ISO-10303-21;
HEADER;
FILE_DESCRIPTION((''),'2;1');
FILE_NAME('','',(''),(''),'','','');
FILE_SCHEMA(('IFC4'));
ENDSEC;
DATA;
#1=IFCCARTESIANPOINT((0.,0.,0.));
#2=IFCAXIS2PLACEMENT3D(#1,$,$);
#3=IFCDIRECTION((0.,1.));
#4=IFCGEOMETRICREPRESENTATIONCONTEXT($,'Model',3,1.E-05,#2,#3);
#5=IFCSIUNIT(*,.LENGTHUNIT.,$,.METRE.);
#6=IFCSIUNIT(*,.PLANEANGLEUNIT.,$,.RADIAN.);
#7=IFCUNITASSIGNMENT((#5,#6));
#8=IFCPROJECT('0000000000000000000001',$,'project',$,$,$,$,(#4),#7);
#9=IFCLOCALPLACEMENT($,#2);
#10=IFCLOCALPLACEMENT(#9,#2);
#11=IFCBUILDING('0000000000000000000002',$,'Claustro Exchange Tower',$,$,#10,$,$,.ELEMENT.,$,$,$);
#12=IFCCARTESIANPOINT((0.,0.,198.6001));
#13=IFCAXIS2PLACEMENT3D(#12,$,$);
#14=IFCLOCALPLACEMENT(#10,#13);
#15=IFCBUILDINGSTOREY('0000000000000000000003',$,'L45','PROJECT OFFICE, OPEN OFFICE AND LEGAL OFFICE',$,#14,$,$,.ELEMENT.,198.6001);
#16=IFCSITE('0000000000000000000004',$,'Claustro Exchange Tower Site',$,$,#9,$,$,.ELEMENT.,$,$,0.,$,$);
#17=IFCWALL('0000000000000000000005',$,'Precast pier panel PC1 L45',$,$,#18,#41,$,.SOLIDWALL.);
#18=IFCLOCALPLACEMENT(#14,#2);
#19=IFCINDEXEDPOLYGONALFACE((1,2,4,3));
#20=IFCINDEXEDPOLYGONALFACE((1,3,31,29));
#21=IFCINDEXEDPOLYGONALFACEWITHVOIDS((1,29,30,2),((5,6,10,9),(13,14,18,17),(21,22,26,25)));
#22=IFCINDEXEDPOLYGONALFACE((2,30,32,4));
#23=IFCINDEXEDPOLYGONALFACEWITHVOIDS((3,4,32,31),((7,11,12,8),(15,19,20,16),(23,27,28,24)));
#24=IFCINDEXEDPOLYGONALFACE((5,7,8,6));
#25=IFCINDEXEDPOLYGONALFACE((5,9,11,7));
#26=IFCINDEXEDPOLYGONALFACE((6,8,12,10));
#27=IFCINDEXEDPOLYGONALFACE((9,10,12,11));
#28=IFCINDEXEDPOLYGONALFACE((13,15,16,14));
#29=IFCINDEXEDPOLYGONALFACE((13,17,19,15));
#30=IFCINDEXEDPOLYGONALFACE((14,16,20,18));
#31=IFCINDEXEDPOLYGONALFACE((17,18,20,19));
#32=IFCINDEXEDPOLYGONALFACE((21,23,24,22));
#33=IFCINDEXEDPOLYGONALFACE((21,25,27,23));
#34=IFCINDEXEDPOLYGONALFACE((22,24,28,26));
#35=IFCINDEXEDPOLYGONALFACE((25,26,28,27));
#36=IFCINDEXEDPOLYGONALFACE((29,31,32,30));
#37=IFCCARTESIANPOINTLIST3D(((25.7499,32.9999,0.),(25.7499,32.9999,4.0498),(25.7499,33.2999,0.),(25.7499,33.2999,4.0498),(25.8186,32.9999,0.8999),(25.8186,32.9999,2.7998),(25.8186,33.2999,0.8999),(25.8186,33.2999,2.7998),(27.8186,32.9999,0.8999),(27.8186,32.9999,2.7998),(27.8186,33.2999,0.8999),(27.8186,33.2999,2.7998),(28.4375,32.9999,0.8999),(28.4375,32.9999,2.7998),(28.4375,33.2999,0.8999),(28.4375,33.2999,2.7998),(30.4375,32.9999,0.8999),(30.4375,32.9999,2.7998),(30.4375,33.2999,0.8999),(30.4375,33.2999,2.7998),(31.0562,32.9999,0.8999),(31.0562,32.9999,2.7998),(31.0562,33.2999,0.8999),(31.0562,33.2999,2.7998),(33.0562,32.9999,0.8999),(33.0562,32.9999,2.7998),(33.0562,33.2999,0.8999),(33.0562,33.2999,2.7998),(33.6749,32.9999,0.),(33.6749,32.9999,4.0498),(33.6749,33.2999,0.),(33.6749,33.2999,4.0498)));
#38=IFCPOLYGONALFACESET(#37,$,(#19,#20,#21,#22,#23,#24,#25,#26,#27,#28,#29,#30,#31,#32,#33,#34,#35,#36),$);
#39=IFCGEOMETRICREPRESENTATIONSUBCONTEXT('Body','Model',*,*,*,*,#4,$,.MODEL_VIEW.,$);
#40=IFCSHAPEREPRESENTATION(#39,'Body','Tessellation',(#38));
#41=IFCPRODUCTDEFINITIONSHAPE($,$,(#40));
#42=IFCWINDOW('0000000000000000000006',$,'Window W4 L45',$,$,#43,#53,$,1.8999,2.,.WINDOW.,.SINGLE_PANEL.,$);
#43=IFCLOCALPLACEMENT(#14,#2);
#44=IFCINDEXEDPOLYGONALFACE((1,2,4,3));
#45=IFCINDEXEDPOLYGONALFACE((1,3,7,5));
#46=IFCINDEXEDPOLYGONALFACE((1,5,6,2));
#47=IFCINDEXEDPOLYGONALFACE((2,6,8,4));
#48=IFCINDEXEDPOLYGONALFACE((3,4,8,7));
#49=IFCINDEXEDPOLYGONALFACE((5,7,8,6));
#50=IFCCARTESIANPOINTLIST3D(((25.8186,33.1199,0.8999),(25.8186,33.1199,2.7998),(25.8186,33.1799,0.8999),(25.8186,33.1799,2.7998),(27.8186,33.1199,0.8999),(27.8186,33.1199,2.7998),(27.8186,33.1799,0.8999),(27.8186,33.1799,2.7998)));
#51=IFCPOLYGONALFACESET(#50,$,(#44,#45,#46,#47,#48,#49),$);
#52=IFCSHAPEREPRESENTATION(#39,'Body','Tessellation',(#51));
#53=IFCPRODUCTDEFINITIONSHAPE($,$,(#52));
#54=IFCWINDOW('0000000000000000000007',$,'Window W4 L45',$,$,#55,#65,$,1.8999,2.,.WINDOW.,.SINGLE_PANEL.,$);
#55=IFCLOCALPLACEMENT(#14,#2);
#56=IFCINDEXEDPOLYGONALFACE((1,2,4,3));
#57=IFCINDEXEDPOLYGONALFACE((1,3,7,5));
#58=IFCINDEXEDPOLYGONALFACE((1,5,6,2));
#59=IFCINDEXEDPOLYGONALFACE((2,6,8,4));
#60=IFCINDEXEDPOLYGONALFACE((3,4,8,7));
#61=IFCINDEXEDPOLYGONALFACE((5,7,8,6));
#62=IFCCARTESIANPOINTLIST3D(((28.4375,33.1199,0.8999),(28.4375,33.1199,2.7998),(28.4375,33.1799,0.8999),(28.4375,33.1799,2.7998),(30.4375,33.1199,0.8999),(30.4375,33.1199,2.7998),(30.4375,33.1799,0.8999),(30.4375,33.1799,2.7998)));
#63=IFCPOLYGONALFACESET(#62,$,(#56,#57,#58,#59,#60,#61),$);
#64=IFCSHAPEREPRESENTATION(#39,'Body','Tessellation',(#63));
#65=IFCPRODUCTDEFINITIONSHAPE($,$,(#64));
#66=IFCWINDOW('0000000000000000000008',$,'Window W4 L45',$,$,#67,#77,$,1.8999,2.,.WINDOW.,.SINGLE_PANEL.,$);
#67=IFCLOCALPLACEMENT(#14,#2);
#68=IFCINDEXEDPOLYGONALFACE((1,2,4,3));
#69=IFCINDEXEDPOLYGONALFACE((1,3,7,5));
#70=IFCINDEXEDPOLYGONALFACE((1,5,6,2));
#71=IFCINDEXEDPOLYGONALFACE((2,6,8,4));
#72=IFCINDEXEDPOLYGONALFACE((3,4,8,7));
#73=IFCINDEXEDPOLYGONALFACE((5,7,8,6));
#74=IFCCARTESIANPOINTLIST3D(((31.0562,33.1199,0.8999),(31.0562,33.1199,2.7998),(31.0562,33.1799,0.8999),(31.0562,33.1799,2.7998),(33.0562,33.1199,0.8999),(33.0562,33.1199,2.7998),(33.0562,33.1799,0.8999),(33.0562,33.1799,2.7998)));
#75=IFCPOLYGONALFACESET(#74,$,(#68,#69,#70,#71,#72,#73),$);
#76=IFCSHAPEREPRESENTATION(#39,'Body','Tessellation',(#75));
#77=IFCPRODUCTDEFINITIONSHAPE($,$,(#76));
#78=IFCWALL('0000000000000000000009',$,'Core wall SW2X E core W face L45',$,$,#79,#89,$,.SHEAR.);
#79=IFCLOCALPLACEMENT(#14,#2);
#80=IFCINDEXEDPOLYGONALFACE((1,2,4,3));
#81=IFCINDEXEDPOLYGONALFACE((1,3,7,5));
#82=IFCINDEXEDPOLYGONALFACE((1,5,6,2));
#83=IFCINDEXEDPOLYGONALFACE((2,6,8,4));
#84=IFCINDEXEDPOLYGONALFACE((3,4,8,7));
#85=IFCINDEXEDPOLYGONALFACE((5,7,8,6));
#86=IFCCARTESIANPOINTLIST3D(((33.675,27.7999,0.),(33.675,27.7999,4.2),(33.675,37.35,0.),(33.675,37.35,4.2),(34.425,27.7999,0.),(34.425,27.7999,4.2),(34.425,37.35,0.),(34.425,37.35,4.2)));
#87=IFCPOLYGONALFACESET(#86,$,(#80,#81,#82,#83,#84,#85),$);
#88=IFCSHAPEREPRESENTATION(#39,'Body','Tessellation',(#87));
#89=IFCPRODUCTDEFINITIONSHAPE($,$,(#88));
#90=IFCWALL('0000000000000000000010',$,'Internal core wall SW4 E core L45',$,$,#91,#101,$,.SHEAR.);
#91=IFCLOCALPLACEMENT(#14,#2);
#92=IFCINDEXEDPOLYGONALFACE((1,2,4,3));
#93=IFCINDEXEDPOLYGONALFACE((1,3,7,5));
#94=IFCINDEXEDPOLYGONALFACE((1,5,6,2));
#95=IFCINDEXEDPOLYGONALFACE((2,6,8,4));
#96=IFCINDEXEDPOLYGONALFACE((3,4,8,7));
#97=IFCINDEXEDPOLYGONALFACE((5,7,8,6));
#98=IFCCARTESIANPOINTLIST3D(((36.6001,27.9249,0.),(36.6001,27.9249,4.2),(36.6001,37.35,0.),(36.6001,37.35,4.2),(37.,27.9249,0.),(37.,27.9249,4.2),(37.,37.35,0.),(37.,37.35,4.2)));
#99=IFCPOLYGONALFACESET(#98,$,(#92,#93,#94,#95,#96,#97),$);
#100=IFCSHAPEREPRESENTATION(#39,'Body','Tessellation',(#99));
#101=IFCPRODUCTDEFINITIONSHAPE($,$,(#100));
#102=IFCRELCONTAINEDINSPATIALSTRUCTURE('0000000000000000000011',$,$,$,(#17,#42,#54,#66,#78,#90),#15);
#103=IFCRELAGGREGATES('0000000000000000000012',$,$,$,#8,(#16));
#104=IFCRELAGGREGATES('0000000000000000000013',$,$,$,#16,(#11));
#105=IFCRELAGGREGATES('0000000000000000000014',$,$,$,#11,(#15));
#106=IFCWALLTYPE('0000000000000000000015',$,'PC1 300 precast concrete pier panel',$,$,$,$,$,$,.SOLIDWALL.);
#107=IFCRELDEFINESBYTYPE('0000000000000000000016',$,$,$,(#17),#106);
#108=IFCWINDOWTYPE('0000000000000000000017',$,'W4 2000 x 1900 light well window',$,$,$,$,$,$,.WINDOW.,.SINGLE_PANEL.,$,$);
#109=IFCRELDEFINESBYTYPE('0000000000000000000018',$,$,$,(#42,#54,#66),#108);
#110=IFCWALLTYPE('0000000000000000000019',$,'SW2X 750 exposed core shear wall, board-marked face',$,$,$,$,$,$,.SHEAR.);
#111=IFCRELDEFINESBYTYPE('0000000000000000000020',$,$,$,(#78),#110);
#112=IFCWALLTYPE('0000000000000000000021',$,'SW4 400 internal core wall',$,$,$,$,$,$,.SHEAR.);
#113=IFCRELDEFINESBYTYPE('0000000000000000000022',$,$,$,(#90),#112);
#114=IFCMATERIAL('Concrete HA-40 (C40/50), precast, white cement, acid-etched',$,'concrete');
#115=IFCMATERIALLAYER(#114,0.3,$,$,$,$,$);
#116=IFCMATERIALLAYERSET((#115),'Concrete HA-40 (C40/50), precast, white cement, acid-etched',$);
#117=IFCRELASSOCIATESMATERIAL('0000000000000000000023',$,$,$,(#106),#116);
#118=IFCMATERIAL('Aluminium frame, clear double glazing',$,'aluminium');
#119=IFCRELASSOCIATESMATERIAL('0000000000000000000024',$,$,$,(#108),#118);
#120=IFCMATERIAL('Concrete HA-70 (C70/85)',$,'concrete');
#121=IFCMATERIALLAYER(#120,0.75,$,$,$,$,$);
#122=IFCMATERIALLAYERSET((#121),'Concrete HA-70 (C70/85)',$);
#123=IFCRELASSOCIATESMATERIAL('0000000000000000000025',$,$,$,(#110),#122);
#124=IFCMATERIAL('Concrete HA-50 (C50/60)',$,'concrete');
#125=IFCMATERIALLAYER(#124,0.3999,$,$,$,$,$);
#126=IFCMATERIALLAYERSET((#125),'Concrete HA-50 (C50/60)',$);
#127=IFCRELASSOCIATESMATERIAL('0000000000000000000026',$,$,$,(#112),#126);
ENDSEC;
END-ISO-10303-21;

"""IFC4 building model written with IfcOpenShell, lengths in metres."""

from ifc_helpers import new_model, si_unit, direction, frame, frame_2d, origin, place, context, subcontext, project, spatial, rectangle, extrude, material, layer, layer_set, type_object, element, fill, save


model = new_model("IFC4")

# Units and contexts
model_context = context("Model", 3, precision=1e-05, world=origin(), true_north=direction((0.0, 1.0)))
body_context = subcontext(model_context, "Body", "Model", "MODEL_VIEW")
ifc_project = project(units=[si_unit("LENGTHUNIT", "METRE"), si_unit("PLANEANGLEUNIT", "RADIAN")], contexts=[model_context])

# Site, building, storey
site_placement = place(None, origin())
site = spatial("IfcSite", under=ifc_project, at=site_placement, Name="Claustro Exchange Tower Site", CompositionType="ELEMENT", RefElevation=0.0)
building_placement = place(site_placement, origin())
building = spatial("IfcBuilding", under=site, at=building_placement, Name="Claustro Exchange Tower", CompositionType="ELEMENT")
storey_placement = place(building_placement, frame((0.0, 0.0, 198.6001)))
storey = spatial("IfcBuildingStorey", under=building, at=storey_placement, Name="L45", Description="PROJECT OFFICE, OPEN OFFICE AND LEGAL OFFICE", CompositionType="ELEMENT", Elevation=198.6001)

# Wall, openings, windows
ifc_material_1 = material(Name="Concrete HA-40 (C40/50), precast, white cement, acid-etched", Category="concrete")
ifc_layer_1 = layer(ifc_material_1, 0.3)
ifc_layer_set_1 = layer_set([ifc_layer_1], Name="Concrete HA-40 (C40/50), precast, white cement, acid-etched")
wall_type_1 = type_object("IfcWallType", Name="PC1 300 precast concrete pier panel", PredefinedType="SOLIDWALL", material=ifc_layer_set_1)
wall_1_placement = place(storey_placement, frame((25.75, 33.1499, 0.0), z_axis=(0.0, 0.0, 1.0), x_axis=(1.0, 0.0, 0.0)))
wall_1 = element("IfcWall", 1, at=wall_1_placement, inside=storey, type_object=wall_type_1, Name="Precast pier panel PC1 L45", PredefinedType="SOLIDWALL", context=body_context, shape_type="SweptSolid", body=[
    extrude(rectangle(XDim=7.925, YDim=0.3, at=frame_2d((3.9624, 0.0))), origin(), (0.0, 0.0, 1.0), 4.0498),
])
opening_1_placement = place(wall_1_placement, frame((0.0686, 0.0, 0.8999)))
opening_1 = element("IfcOpeningElement", 2, at=opening_1_placement, cuts=wall_1, PredefinedType="OPENING", context=body_context, shape_type="SweptSolid", body=[
    extrude(rectangle(XDim=2.0, YDim=1.8999, at=frame_2d((1.0, 0.95))), frame((0.0, 0.1599, 0.0), z_axis=(0.0, -1.0, 0.0), x_axis=(1.0, 0.0, 0.0)), (0.0, 0.0, 1.0), 0.3201),
])
opening_2_placement = place(wall_1_placement, frame((2.6875, 0.0, 0.8999)))
opening_2 = element("IfcOpeningElement", 3, at=opening_2_placement, cuts=wall_1, PredefinedType="OPENING", context=body_context, shape_type="SweptSolid", body=[
    extrude(rectangle(XDim=2.0, YDim=1.8999, at=frame_2d((1.0, 0.95))), frame((0.0, 0.1599, 0.0), z_axis=(0.0, -1.0, 0.0), x_axis=(1.0, 0.0, 0.0)), (0.0, 0.0, 1.0), 0.3201),
])
opening_3_placement = place(wall_1_placement, frame((5.3062, 0.0, 0.8999)))
opening_3 = element("IfcOpeningElement", 4, at=opening_3_placement, cuts=wall_1, PredefinedType="OPENING", context=body_context, shape_type="SweptSolid", body=[
    extrude(rectangle(XDim=2.0, YDim=1.8999, at=frame_2d((1.0, 0.95))), frame((0.0, 0.1599, 0.0), z_axis=(0.0, -1.0, 0.0), x_axis=(1.0, 0.0, 0.0)), (0.0, 0.0, 1.0), 0.3201),
])
ifc_material_2 = material(Name="Aluminium frame, clear double glazing", Category="aluminium")
window_type = type_object("IfcWindowType", Name="W4 2000 x 1900 light well window", PartitioningType="SINGLE_PANEL", PredefinedType="WINDOW", material=ifc_material_2)
window_1_placement = place(opening_1_placement, origin())
window_1 = element("IfcWindow", 5, at=window_1_placement, inside=storey, type_object=window_type, Name="Window W4 L45", OverallHeight=1.8999, OverallWidth=2.0, PartitioningType="SINGLE_PANEL", PredefinedType="WINDOW", context=body_context, shape_type="SweptSolid", body=[
    extrude(rectangle(XDim=2.0, YDim=1.8999, at=frame_2d((1.0, 0.95))), frame((0.0, 0.03, 0.0), z_axis=(0.0, -1.0, 0.0), x_axis=(1.0, 0.0, 0.0)), (0.0, 0.0, 1.0), 0.0601),
])
fill(opening_1, window_1)
window_2_placement = place(opening_2_placement, origin())
window_2 = element("IfcWindow", 6, at=window_2_placement, inside=storey, type_object=window_type, Name="Window W4 L45", OverallHeight=1.8999, OverallWidth=2.0, PartitioningType="SINGLE_PANEL", PredefinedType="WINDOW", context=body_context, shape_type="SweptSolid", body=[
    extrude(rectangle(XDim=2.0, YDim=1.8999, at=frame_2d((1.0, 0.95))), frame((0.0, 0.03, 0.0), z_axis=(0.0, -1.0, 0.0), x_axis=(1.0, 0.0, 0.0)), (0.0, 0.0, 1.0), 0.0601),
])
fill(opening_2, window_2)
window_3_placement = place(opening_3_placement, origin())
window_3 = element("IfcWindow", 7, at=window_3_placement, inside=storey, type_object=window_type, Name="Window W4 L45", OverallHeight=1.8999, OverallWidth=2.0, PartitioningType="SINGLE_PANEL", PredefinedType="WINDOW", context=body_context, shape_type="SweptSolid", body=[
    extrude(rectangle(XDim=2.0, YDim=1.8999, at=frame_2d((1.0, 0.95))), frame((0.0, 0.03, 0.0), z_axis=(0.0, -1.0, 0.0), x_axis=(1.0, 0.0, 0.0)), (0.0, 0.0, 1.0), 0.0601),
])
fill(opening_3, window_3)

# Walls
ifc_material_3 = material(Name="Concrete HA-70 (C70/85)", Category="concrete")
ifc_layer_2 = layer(ifc_material_3, 0.75)
ifc_layer_set_2 = layer_set([ifc_layer_2], Name="Concrete HA-70 (C70/85)")
wall_type_2 = type_object("IfcWallType", Name="SW2X 750 exposed core shear wall, board-marked face", PredefinedType="SHEAR", material=ifc_layer_set_2)
wall_2_placement = place(storey_placement, frame((34.05, 27.8, 0.0), z_axis=(0.0, 0.0, 1.0), x_axis=(0.0, 1.0, 0.0)))
element("IfcWall", 8, at=wall_2_placement, inside=storey, type_object=wall_type_2, Name="Core wall SW2X E core W face L45", PredefinedType="SHEAR", context=body_context, shape_type="SweptSolid", body=[
    extrude(rectangle(XDim=9.55, YDim=0.75, at=frame_2d((4.7749, 0.0))), origin(), (0.0, 0.0, 1.0), 4.2),
])
ifc_material_4 = material(Name="Concrete HA-50 (C50/60)", Category="concrete")
ifc_layer_3 = layer(ifc_material_4, 0.3999)
ifc_layer_set_3 = layer_set([ifc_layer_3], Name="Concrete HA-50 (C50/60)")
wall_type_3 = type_object("IfcWallType", Name="SW4 400 internal core wall", PredefinedType="SHEAR", material=ifc_layer_set_3)
wall_3_placement = place(storey_placement, frame((36.8, 27.925, 0.0), z_axis=(0.0, 0.0, 1.0), x_axis=(0.0, 1.0, 0.0)))
element("IfcWall", 9, at=wall_3_placement, inside=storey, type_object=wall_type_3, Name="Internal core wall SW4 E core L45", PredefinedType="SHEAR", context=body_context, shape_type="SweptSolid", body=[
    extrude(rectangle(XDim=9.425, YDim=0.3999, at=frame_2d((4.7124, 0.0))), origin(), (0.0, 0.0, 1.0), 4.2),
])

save(model, "model.ifc")
